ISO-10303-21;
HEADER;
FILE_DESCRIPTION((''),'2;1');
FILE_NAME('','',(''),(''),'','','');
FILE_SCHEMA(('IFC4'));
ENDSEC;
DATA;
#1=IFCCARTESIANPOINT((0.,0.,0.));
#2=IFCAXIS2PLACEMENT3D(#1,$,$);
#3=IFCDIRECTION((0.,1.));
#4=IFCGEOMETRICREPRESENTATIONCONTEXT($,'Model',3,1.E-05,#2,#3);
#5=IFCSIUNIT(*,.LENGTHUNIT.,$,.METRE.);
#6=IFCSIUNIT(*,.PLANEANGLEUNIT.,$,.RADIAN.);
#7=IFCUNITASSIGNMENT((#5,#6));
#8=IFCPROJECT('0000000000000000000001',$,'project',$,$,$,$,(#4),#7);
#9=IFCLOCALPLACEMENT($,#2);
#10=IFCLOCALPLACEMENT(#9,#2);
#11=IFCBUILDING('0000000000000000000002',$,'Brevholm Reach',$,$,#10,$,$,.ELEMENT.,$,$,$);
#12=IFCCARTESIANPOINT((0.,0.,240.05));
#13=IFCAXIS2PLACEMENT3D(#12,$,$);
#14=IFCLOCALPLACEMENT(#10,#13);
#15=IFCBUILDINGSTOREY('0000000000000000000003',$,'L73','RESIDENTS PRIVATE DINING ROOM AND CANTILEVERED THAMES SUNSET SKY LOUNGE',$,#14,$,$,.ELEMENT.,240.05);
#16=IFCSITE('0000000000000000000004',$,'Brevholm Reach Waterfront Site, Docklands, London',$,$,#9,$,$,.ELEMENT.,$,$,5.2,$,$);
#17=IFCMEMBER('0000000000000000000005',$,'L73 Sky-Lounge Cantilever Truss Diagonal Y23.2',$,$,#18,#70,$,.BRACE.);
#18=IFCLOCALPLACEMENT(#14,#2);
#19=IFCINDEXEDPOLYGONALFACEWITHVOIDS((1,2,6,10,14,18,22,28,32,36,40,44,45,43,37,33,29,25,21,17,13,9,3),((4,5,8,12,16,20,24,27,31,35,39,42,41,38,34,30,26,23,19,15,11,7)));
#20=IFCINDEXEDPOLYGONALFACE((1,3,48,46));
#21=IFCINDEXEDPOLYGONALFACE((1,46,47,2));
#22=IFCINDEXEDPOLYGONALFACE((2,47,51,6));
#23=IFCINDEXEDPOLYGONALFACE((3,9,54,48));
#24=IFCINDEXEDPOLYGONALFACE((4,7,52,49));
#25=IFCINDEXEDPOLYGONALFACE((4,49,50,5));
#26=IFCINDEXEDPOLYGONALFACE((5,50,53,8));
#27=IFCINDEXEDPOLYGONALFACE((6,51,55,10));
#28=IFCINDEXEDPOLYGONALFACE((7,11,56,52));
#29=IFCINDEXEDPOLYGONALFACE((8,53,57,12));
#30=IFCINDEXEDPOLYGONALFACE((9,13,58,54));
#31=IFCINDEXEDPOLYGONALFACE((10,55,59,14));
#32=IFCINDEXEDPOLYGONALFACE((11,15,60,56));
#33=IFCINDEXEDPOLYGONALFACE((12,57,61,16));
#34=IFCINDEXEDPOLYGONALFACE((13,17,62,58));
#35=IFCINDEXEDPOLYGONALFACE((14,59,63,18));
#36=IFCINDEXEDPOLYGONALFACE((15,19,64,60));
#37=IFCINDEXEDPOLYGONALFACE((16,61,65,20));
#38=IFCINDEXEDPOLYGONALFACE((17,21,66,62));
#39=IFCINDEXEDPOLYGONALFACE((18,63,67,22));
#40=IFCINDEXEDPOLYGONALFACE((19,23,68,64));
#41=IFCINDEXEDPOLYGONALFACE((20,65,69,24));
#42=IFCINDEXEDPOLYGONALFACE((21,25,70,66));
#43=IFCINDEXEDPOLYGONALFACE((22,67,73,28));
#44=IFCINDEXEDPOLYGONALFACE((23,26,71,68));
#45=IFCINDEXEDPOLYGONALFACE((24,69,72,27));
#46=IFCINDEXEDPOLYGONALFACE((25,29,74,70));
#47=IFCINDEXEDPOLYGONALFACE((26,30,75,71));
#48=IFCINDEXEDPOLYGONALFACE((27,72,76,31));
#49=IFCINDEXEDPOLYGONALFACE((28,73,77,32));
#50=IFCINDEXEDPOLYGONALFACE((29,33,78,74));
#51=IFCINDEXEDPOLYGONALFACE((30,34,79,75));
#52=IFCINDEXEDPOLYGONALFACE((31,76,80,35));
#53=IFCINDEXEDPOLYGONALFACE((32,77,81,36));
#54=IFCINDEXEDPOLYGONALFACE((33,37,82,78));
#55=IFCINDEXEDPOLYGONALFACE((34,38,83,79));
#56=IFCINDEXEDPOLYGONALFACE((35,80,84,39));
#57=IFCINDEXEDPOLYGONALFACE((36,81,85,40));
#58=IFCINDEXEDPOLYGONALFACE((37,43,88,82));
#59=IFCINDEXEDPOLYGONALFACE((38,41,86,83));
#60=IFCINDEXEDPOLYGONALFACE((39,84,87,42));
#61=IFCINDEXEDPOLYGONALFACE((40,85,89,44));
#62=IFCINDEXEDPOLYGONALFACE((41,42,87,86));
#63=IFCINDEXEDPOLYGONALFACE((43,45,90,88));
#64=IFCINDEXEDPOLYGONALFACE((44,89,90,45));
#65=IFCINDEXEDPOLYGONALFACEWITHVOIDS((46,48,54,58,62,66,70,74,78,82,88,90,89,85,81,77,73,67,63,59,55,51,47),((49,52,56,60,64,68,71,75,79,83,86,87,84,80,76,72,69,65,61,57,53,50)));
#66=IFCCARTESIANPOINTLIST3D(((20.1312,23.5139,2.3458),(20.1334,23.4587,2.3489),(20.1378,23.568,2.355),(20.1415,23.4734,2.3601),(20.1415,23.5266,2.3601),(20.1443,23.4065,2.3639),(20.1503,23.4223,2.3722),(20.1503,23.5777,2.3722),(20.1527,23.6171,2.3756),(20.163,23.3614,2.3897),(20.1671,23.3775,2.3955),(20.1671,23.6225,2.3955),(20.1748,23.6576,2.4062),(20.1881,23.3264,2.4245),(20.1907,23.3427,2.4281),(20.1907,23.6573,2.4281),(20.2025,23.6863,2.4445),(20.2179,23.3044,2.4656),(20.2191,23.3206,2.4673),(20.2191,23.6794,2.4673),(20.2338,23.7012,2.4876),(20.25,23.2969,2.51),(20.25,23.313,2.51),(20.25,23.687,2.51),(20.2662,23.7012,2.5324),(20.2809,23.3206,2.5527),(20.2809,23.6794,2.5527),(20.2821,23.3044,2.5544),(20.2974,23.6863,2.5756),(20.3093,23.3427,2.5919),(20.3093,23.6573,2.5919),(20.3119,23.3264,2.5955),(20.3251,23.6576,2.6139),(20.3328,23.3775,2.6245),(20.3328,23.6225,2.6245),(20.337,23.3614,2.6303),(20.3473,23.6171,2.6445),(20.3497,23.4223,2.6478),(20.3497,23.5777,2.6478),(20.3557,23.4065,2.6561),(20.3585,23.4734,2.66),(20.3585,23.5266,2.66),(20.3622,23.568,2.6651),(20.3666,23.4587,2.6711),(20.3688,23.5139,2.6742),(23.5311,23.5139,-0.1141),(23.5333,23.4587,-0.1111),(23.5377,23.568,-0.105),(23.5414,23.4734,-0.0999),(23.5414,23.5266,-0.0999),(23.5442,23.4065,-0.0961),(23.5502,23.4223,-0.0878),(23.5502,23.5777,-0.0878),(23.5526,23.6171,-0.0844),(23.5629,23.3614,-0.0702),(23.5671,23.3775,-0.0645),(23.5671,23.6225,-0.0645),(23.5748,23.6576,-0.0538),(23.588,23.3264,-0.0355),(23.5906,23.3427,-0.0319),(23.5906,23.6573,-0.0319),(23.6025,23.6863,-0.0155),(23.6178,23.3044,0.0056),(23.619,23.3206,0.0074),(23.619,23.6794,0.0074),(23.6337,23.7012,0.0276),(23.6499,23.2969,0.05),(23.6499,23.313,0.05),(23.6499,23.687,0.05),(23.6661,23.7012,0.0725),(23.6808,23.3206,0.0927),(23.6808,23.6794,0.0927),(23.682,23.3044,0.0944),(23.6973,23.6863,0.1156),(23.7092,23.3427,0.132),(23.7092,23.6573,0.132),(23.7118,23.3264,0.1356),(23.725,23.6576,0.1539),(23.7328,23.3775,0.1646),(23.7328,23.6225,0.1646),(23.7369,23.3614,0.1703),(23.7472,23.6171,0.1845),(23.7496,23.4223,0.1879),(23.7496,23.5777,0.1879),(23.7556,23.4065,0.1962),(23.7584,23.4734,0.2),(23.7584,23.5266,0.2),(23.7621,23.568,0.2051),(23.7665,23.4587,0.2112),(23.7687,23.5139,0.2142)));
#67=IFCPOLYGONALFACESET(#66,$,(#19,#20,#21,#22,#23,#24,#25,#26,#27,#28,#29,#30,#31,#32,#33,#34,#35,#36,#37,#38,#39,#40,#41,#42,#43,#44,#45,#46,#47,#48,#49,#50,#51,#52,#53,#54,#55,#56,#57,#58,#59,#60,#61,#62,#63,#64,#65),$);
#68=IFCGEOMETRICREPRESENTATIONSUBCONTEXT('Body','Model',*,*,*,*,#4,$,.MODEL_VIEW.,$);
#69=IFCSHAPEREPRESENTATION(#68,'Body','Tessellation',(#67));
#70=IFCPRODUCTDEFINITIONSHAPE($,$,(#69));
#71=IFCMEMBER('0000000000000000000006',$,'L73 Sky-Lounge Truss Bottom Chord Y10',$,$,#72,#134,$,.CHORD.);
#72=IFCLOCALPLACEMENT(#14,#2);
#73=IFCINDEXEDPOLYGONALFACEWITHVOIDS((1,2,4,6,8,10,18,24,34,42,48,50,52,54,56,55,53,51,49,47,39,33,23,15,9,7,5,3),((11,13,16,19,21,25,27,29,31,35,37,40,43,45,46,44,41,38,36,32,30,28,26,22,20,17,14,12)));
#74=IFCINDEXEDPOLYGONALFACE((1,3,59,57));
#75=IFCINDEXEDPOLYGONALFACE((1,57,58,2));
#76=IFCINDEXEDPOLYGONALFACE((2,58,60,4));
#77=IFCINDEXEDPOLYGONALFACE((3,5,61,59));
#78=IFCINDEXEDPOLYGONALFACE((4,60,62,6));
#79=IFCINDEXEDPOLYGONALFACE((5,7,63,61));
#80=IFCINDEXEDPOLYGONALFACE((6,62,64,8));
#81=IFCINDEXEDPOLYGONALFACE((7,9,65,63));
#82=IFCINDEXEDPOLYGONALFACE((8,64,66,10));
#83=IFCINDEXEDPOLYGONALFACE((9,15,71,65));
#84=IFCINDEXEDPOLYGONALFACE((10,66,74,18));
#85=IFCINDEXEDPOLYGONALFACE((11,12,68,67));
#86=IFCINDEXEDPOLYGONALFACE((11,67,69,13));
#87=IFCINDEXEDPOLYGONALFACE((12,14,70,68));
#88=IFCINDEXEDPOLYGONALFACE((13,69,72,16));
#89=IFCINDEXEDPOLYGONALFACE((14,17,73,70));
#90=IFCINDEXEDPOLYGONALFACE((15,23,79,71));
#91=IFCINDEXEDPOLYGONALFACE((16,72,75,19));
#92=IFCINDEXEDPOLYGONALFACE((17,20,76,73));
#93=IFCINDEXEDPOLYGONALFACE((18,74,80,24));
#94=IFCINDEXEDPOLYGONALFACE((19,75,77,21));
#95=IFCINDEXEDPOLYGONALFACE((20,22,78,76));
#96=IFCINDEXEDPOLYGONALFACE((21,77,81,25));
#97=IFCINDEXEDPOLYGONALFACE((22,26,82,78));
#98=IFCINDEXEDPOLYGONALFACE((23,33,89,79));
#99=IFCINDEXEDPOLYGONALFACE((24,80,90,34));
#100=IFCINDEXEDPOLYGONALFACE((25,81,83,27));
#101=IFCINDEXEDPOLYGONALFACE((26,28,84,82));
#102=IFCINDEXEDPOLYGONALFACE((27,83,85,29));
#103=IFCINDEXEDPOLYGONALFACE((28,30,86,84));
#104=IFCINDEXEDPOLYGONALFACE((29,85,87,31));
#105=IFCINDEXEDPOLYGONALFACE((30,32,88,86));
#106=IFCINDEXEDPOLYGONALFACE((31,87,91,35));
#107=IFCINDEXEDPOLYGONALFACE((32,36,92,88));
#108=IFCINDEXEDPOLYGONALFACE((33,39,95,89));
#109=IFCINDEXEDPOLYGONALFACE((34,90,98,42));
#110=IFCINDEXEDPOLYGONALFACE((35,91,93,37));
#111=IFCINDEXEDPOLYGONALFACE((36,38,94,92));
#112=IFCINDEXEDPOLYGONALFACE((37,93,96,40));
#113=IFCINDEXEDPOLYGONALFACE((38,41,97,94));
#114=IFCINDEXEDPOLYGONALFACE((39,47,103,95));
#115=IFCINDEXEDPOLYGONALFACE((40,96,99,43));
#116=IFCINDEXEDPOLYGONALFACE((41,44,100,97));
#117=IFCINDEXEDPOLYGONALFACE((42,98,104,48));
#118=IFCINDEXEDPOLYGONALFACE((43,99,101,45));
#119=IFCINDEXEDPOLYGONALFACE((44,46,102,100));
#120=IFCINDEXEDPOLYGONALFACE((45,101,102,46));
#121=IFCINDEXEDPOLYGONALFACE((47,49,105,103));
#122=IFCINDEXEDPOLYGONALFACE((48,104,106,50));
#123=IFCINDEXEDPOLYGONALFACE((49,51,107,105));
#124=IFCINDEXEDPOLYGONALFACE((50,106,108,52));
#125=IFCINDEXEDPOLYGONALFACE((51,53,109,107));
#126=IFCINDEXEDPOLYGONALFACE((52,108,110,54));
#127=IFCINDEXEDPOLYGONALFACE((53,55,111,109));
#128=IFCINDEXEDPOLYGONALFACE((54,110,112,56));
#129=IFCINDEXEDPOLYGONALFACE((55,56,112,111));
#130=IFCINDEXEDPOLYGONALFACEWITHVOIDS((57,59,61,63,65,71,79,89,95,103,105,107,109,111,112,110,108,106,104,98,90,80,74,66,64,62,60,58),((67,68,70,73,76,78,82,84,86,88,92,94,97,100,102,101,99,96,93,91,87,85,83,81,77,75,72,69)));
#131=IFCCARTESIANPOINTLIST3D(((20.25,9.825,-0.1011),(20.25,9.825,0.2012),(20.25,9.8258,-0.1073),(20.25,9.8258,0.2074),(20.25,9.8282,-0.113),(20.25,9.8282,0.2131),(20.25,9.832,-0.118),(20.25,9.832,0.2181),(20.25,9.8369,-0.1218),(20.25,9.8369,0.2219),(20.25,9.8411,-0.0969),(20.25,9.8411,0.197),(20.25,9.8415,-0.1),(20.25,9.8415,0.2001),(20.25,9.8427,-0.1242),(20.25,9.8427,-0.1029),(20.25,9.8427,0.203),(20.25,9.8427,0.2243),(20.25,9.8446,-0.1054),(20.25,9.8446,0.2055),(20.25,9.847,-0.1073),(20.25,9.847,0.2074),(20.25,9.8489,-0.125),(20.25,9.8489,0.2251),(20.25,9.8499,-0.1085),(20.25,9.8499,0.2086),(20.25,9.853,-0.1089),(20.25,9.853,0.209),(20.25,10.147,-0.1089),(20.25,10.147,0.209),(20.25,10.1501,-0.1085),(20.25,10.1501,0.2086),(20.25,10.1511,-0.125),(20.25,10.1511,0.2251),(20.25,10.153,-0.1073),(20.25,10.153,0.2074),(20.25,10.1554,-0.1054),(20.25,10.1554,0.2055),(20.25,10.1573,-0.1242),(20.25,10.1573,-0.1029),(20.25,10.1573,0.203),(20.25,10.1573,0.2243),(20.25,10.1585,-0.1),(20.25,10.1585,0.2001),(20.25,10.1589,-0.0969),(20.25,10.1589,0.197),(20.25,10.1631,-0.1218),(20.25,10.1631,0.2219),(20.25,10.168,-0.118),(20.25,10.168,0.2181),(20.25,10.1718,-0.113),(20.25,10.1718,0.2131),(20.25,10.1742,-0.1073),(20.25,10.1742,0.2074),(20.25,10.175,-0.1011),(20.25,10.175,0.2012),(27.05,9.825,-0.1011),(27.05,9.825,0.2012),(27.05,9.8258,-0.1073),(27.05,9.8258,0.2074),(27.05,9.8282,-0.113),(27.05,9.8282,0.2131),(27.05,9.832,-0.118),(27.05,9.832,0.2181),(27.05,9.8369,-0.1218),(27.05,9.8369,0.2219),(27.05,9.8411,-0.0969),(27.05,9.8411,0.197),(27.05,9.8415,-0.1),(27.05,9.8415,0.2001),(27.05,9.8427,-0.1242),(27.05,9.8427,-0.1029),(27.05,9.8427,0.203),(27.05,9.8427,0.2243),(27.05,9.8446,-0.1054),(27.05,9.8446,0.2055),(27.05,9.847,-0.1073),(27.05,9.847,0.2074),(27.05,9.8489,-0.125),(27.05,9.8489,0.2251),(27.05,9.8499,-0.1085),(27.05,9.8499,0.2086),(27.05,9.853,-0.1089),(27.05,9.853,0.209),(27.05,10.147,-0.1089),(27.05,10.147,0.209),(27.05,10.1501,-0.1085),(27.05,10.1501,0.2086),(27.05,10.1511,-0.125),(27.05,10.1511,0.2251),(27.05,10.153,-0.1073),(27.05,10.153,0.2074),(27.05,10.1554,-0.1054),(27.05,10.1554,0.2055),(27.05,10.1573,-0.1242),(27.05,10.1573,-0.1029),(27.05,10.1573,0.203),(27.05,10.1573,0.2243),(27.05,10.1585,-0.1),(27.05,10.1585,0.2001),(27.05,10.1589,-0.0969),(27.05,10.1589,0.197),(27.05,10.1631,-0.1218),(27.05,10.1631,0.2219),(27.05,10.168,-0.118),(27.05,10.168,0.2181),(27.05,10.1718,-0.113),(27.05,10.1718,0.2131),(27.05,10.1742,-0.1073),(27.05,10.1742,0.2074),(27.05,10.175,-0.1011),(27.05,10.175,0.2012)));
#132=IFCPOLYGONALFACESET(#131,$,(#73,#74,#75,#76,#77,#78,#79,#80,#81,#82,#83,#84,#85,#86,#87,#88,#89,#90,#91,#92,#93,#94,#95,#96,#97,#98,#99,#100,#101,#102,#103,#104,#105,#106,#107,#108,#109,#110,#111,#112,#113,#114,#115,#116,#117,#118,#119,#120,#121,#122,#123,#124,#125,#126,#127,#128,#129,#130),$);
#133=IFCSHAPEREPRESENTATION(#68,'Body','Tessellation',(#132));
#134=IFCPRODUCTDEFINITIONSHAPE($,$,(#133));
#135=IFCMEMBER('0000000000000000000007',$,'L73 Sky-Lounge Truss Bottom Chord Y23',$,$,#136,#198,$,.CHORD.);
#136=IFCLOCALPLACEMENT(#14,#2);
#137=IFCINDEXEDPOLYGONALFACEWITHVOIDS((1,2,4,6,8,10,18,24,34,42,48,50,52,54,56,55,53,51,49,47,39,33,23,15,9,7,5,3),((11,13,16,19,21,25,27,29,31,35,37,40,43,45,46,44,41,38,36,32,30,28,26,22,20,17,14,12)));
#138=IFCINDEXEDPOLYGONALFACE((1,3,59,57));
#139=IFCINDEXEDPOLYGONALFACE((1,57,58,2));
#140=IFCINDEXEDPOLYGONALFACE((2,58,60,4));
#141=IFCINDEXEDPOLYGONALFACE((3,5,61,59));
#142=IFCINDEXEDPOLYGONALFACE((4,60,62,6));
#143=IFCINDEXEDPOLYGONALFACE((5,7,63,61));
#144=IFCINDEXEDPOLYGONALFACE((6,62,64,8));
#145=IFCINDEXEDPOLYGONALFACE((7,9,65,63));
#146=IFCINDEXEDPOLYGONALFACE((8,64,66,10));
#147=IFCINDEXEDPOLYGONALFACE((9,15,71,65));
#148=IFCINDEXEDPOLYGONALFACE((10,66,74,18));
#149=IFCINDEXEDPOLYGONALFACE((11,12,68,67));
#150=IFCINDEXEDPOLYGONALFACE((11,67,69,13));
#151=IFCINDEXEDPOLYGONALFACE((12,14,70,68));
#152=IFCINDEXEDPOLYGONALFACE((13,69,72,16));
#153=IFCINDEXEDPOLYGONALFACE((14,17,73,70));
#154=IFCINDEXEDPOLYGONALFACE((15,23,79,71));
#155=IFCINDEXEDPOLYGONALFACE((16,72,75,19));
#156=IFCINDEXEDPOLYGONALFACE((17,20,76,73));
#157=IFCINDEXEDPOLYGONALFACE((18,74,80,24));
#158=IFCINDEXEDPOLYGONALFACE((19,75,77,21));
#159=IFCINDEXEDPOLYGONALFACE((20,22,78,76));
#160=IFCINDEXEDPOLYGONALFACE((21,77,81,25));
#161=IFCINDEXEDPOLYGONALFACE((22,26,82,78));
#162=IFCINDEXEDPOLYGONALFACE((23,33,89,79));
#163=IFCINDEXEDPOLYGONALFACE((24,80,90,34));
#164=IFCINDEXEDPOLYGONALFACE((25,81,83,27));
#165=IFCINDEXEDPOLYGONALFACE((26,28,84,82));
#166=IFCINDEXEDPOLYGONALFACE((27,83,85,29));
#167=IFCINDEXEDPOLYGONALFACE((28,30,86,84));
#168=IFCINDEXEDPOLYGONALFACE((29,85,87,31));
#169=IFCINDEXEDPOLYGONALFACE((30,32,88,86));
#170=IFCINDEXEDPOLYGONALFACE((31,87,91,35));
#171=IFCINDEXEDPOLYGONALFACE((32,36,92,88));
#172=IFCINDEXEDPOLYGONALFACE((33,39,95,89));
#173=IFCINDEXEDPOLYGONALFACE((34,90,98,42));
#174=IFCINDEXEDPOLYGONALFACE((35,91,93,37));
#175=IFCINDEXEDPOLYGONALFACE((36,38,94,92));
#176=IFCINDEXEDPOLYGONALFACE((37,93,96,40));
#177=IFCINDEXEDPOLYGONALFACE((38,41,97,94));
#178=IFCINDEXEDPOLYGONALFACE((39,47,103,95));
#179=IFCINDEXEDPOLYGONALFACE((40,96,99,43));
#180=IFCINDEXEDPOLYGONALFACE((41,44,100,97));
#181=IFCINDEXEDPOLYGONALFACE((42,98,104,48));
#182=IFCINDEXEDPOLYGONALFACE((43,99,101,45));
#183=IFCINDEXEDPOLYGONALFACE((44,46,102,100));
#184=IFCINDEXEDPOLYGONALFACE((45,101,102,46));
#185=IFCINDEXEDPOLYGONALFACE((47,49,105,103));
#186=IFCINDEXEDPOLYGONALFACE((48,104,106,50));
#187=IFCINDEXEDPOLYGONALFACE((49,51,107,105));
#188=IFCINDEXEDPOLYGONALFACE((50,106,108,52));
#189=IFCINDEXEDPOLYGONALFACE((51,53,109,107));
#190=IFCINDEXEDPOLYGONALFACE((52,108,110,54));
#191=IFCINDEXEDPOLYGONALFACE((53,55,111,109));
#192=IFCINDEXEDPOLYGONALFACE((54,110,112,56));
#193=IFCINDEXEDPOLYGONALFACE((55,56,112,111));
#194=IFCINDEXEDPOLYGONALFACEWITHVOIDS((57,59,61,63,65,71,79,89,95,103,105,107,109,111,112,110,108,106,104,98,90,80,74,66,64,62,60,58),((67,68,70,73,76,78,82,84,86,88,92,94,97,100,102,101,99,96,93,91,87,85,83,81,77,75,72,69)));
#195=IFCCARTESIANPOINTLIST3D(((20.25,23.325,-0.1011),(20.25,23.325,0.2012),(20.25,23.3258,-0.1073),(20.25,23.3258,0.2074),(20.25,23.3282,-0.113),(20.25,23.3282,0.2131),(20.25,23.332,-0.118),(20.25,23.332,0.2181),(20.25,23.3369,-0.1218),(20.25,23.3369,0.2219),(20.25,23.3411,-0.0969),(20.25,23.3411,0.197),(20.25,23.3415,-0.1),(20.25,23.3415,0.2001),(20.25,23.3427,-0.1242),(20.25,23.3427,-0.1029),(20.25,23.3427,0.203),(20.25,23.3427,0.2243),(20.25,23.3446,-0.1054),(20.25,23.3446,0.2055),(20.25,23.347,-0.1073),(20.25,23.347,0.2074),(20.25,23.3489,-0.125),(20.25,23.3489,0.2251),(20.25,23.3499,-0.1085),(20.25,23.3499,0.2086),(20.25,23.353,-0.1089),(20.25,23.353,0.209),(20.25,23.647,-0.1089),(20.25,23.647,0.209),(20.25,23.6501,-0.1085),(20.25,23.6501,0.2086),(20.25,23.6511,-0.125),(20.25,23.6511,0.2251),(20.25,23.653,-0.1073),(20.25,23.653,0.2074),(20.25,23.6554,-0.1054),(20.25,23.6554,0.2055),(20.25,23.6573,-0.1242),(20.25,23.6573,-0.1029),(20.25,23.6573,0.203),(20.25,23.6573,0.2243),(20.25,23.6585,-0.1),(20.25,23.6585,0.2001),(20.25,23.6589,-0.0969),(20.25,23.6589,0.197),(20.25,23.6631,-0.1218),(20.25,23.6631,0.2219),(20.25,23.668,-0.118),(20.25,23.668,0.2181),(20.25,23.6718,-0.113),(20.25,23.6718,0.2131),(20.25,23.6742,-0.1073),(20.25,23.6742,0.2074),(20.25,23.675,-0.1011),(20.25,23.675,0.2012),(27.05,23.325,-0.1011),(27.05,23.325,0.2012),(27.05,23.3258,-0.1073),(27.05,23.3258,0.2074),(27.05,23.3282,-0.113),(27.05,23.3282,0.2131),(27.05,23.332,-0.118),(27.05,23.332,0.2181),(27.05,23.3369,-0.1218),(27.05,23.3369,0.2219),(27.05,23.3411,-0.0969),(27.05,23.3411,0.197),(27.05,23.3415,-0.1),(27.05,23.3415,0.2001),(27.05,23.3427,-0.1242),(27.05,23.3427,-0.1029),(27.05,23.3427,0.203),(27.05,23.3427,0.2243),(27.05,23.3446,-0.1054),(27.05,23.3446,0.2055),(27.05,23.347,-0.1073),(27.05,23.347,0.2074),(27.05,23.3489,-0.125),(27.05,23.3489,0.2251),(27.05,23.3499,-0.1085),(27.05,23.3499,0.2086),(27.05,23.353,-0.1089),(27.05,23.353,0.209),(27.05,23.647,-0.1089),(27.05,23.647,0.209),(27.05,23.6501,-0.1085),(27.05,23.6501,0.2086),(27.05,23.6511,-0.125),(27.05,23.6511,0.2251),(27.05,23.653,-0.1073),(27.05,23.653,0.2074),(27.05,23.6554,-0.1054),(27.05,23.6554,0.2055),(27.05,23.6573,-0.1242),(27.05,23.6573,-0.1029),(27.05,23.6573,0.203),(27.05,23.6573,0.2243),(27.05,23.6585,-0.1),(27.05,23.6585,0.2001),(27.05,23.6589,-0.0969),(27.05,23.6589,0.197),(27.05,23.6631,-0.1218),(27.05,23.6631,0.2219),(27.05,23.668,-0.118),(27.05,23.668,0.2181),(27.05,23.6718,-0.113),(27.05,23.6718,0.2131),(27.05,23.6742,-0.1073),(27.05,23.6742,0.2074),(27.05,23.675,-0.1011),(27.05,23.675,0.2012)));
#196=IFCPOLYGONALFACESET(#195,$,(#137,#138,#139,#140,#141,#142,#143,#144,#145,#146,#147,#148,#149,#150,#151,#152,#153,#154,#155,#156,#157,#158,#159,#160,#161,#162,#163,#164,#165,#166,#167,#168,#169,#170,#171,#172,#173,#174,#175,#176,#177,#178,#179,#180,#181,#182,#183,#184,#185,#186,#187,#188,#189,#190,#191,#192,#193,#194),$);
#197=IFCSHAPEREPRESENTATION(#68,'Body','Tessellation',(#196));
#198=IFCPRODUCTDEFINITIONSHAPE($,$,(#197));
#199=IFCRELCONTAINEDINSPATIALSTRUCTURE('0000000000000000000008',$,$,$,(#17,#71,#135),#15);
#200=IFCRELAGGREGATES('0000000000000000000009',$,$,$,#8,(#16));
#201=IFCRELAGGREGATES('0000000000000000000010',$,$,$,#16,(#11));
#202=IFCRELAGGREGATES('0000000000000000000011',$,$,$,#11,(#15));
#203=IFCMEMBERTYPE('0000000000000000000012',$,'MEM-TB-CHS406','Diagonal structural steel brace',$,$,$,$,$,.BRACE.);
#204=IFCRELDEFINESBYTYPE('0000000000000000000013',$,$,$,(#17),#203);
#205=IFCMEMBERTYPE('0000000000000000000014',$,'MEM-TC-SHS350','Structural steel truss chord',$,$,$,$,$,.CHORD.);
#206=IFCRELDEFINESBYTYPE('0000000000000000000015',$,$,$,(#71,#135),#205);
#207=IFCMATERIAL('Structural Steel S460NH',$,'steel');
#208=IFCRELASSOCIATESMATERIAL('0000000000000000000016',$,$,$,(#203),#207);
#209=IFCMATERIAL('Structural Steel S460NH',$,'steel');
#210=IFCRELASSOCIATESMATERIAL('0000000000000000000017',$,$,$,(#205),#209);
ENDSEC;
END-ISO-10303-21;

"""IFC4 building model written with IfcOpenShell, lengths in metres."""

from ifc_helpers import new_model, si_unit, direction, frame, origin, origin_2d, place, context, subcontext, project, spatial, hollow_rectangle, hollow_circle, extrude, material, material_profile, profile_set, type_object, element, save


model = new_model("IFC4")

# Units and contexts
model_context = context("Model", 3, precision=1e-05, world=origin(), true_north=direction((0.0, 1.0)))
body_context = subcontext(model_context, "Body", "Model", "MODEL_VIEW")
ifc_project = project(units=[si_unit("LENGTHUNIT", "METRE"), si_unit("PLANEANGLEUNIT", "RADIAN")], contexts=[model_context])

# Site, building, storey
site_placement = place(None, origin())
site = spatial("IfcSite", under=ifc_project, at=site_placement, Name="Brevholm Reach Waterfront Site, Docklands, London", CompositionType="ELEMENT", RefElevation=5.2)
building_placement = place(site_placement, origin())
building = spatial("IfcBuilding", under=site, at=building_placement, Name="Brevholm Reach", CompositionType="ELEMENT")
storey_placement = place(building_placement, frame((0.0, 0.0, 240.05)))
storey = spatial("IfcBuildingStorey", under=building, at=storey_placement, Name="L73", Description="RESIDENTS PRIVATE DINING ROOM AND CANTILEVERED THAMES SUNSET SKY LOUNGE", CompositionType="ELEMENT", Elevation=240.05)

# Members
ifc_material_1 = material(Name="Structural Steel S460NH", Category="steel")
ifc_material_profile_1 = material_profile(ifc_material_1, hollow_circle(Radius=0.2031, WallThickness=0.0161, at=origin_2d()), Name="CHS 406.4x16")
ifc_profile_set_1 = profile_set([ifc_material_profile_1], Name="Structural Steel S460NH")
member_type_1 = type_object("IfcMemberType", Name="MEM-TB-CHS406", Description="Diagonal structural steel brace", PredefinedType="BRACE", material=ifc_profile_set_1)
member_1_placement = place(storey_placement, frame((23.6499, 23.5, 0.05), z_axis=(-0.810173, 0.0, 0.586191), x_axis=(0.0, -1.0, 0.0)))
element("IfcMember", 1, at=member_1_placement, inside=storey, type_object=member_type_1, Name="L73 Sky-Lounge Cantilever Truss Diagonal Y23.2", PredefinedType="BRACE", context=body_context, shape_type="SweptSolid", body=[
    extrude(hollow_circle(Radius=0.2031, WallThickness=0.0161, at=origin_2d()), origin(), (0.0, 0.0, 1.0), 4.1965),
])
ifc_material_2 = material(Name="Structural Steel S460NH", Category="steel")
ifc_material_profile_2 = material_profile(ifc_material_2, hollow_rectangle(XDim=0.3501, YDim=0.3501, WallThickness=0.0161, InnerFilletRadius=0.012, OuterFilletRadius=0.0239, at=origin_2d()), Name="SHS 350x350x16")
ifc_profile_set_2 = profile_set([ifc_material_profile_2], Name="Structural Steel S460NH")
member_type_2 = type_object("IfcMemberType", Name="MEM-TC-SHS350", Description="Structural steel truss chord", PredefinedType="CHORD", material=ifc_profile_set_2)
for number, where, z_axis, x_axis, name in (
    (2, (20.25, 10.0, 0.05), (1.0, 0.0, 0.0), (0.0, 1.0, 0.0), "L73 Sky-Lounge Truss Bottom Chord Y10"),
    (3, (20.25, 23.5, 0.05), (1.0, 0.0, 0.0), (0.0, 1.0, 0.0), "L73 Sky-Lounge Truss Bottom Chord Y23"),
):
    element("IfcMember", number, at=place(storey_placement, frame(where, z_axis=z_axis, x_axis=x_axis)), inside=storey, type_object=member_type_2, Name=name, PredefinedType="CHORD", context=body_context, shape_type="SweptSolid", body=[
        extrude(hollow_rectangle(XDim=0.3501, YDim=0.3501, WallThickness=0.0161, InnerFilletRadius=0.012, OuterFilletRadius=0.0239, at=origin_2d()), origin(), (0.0, 0.0, 1.0), 6.8),
    ])

save(model, "model.ifc")
